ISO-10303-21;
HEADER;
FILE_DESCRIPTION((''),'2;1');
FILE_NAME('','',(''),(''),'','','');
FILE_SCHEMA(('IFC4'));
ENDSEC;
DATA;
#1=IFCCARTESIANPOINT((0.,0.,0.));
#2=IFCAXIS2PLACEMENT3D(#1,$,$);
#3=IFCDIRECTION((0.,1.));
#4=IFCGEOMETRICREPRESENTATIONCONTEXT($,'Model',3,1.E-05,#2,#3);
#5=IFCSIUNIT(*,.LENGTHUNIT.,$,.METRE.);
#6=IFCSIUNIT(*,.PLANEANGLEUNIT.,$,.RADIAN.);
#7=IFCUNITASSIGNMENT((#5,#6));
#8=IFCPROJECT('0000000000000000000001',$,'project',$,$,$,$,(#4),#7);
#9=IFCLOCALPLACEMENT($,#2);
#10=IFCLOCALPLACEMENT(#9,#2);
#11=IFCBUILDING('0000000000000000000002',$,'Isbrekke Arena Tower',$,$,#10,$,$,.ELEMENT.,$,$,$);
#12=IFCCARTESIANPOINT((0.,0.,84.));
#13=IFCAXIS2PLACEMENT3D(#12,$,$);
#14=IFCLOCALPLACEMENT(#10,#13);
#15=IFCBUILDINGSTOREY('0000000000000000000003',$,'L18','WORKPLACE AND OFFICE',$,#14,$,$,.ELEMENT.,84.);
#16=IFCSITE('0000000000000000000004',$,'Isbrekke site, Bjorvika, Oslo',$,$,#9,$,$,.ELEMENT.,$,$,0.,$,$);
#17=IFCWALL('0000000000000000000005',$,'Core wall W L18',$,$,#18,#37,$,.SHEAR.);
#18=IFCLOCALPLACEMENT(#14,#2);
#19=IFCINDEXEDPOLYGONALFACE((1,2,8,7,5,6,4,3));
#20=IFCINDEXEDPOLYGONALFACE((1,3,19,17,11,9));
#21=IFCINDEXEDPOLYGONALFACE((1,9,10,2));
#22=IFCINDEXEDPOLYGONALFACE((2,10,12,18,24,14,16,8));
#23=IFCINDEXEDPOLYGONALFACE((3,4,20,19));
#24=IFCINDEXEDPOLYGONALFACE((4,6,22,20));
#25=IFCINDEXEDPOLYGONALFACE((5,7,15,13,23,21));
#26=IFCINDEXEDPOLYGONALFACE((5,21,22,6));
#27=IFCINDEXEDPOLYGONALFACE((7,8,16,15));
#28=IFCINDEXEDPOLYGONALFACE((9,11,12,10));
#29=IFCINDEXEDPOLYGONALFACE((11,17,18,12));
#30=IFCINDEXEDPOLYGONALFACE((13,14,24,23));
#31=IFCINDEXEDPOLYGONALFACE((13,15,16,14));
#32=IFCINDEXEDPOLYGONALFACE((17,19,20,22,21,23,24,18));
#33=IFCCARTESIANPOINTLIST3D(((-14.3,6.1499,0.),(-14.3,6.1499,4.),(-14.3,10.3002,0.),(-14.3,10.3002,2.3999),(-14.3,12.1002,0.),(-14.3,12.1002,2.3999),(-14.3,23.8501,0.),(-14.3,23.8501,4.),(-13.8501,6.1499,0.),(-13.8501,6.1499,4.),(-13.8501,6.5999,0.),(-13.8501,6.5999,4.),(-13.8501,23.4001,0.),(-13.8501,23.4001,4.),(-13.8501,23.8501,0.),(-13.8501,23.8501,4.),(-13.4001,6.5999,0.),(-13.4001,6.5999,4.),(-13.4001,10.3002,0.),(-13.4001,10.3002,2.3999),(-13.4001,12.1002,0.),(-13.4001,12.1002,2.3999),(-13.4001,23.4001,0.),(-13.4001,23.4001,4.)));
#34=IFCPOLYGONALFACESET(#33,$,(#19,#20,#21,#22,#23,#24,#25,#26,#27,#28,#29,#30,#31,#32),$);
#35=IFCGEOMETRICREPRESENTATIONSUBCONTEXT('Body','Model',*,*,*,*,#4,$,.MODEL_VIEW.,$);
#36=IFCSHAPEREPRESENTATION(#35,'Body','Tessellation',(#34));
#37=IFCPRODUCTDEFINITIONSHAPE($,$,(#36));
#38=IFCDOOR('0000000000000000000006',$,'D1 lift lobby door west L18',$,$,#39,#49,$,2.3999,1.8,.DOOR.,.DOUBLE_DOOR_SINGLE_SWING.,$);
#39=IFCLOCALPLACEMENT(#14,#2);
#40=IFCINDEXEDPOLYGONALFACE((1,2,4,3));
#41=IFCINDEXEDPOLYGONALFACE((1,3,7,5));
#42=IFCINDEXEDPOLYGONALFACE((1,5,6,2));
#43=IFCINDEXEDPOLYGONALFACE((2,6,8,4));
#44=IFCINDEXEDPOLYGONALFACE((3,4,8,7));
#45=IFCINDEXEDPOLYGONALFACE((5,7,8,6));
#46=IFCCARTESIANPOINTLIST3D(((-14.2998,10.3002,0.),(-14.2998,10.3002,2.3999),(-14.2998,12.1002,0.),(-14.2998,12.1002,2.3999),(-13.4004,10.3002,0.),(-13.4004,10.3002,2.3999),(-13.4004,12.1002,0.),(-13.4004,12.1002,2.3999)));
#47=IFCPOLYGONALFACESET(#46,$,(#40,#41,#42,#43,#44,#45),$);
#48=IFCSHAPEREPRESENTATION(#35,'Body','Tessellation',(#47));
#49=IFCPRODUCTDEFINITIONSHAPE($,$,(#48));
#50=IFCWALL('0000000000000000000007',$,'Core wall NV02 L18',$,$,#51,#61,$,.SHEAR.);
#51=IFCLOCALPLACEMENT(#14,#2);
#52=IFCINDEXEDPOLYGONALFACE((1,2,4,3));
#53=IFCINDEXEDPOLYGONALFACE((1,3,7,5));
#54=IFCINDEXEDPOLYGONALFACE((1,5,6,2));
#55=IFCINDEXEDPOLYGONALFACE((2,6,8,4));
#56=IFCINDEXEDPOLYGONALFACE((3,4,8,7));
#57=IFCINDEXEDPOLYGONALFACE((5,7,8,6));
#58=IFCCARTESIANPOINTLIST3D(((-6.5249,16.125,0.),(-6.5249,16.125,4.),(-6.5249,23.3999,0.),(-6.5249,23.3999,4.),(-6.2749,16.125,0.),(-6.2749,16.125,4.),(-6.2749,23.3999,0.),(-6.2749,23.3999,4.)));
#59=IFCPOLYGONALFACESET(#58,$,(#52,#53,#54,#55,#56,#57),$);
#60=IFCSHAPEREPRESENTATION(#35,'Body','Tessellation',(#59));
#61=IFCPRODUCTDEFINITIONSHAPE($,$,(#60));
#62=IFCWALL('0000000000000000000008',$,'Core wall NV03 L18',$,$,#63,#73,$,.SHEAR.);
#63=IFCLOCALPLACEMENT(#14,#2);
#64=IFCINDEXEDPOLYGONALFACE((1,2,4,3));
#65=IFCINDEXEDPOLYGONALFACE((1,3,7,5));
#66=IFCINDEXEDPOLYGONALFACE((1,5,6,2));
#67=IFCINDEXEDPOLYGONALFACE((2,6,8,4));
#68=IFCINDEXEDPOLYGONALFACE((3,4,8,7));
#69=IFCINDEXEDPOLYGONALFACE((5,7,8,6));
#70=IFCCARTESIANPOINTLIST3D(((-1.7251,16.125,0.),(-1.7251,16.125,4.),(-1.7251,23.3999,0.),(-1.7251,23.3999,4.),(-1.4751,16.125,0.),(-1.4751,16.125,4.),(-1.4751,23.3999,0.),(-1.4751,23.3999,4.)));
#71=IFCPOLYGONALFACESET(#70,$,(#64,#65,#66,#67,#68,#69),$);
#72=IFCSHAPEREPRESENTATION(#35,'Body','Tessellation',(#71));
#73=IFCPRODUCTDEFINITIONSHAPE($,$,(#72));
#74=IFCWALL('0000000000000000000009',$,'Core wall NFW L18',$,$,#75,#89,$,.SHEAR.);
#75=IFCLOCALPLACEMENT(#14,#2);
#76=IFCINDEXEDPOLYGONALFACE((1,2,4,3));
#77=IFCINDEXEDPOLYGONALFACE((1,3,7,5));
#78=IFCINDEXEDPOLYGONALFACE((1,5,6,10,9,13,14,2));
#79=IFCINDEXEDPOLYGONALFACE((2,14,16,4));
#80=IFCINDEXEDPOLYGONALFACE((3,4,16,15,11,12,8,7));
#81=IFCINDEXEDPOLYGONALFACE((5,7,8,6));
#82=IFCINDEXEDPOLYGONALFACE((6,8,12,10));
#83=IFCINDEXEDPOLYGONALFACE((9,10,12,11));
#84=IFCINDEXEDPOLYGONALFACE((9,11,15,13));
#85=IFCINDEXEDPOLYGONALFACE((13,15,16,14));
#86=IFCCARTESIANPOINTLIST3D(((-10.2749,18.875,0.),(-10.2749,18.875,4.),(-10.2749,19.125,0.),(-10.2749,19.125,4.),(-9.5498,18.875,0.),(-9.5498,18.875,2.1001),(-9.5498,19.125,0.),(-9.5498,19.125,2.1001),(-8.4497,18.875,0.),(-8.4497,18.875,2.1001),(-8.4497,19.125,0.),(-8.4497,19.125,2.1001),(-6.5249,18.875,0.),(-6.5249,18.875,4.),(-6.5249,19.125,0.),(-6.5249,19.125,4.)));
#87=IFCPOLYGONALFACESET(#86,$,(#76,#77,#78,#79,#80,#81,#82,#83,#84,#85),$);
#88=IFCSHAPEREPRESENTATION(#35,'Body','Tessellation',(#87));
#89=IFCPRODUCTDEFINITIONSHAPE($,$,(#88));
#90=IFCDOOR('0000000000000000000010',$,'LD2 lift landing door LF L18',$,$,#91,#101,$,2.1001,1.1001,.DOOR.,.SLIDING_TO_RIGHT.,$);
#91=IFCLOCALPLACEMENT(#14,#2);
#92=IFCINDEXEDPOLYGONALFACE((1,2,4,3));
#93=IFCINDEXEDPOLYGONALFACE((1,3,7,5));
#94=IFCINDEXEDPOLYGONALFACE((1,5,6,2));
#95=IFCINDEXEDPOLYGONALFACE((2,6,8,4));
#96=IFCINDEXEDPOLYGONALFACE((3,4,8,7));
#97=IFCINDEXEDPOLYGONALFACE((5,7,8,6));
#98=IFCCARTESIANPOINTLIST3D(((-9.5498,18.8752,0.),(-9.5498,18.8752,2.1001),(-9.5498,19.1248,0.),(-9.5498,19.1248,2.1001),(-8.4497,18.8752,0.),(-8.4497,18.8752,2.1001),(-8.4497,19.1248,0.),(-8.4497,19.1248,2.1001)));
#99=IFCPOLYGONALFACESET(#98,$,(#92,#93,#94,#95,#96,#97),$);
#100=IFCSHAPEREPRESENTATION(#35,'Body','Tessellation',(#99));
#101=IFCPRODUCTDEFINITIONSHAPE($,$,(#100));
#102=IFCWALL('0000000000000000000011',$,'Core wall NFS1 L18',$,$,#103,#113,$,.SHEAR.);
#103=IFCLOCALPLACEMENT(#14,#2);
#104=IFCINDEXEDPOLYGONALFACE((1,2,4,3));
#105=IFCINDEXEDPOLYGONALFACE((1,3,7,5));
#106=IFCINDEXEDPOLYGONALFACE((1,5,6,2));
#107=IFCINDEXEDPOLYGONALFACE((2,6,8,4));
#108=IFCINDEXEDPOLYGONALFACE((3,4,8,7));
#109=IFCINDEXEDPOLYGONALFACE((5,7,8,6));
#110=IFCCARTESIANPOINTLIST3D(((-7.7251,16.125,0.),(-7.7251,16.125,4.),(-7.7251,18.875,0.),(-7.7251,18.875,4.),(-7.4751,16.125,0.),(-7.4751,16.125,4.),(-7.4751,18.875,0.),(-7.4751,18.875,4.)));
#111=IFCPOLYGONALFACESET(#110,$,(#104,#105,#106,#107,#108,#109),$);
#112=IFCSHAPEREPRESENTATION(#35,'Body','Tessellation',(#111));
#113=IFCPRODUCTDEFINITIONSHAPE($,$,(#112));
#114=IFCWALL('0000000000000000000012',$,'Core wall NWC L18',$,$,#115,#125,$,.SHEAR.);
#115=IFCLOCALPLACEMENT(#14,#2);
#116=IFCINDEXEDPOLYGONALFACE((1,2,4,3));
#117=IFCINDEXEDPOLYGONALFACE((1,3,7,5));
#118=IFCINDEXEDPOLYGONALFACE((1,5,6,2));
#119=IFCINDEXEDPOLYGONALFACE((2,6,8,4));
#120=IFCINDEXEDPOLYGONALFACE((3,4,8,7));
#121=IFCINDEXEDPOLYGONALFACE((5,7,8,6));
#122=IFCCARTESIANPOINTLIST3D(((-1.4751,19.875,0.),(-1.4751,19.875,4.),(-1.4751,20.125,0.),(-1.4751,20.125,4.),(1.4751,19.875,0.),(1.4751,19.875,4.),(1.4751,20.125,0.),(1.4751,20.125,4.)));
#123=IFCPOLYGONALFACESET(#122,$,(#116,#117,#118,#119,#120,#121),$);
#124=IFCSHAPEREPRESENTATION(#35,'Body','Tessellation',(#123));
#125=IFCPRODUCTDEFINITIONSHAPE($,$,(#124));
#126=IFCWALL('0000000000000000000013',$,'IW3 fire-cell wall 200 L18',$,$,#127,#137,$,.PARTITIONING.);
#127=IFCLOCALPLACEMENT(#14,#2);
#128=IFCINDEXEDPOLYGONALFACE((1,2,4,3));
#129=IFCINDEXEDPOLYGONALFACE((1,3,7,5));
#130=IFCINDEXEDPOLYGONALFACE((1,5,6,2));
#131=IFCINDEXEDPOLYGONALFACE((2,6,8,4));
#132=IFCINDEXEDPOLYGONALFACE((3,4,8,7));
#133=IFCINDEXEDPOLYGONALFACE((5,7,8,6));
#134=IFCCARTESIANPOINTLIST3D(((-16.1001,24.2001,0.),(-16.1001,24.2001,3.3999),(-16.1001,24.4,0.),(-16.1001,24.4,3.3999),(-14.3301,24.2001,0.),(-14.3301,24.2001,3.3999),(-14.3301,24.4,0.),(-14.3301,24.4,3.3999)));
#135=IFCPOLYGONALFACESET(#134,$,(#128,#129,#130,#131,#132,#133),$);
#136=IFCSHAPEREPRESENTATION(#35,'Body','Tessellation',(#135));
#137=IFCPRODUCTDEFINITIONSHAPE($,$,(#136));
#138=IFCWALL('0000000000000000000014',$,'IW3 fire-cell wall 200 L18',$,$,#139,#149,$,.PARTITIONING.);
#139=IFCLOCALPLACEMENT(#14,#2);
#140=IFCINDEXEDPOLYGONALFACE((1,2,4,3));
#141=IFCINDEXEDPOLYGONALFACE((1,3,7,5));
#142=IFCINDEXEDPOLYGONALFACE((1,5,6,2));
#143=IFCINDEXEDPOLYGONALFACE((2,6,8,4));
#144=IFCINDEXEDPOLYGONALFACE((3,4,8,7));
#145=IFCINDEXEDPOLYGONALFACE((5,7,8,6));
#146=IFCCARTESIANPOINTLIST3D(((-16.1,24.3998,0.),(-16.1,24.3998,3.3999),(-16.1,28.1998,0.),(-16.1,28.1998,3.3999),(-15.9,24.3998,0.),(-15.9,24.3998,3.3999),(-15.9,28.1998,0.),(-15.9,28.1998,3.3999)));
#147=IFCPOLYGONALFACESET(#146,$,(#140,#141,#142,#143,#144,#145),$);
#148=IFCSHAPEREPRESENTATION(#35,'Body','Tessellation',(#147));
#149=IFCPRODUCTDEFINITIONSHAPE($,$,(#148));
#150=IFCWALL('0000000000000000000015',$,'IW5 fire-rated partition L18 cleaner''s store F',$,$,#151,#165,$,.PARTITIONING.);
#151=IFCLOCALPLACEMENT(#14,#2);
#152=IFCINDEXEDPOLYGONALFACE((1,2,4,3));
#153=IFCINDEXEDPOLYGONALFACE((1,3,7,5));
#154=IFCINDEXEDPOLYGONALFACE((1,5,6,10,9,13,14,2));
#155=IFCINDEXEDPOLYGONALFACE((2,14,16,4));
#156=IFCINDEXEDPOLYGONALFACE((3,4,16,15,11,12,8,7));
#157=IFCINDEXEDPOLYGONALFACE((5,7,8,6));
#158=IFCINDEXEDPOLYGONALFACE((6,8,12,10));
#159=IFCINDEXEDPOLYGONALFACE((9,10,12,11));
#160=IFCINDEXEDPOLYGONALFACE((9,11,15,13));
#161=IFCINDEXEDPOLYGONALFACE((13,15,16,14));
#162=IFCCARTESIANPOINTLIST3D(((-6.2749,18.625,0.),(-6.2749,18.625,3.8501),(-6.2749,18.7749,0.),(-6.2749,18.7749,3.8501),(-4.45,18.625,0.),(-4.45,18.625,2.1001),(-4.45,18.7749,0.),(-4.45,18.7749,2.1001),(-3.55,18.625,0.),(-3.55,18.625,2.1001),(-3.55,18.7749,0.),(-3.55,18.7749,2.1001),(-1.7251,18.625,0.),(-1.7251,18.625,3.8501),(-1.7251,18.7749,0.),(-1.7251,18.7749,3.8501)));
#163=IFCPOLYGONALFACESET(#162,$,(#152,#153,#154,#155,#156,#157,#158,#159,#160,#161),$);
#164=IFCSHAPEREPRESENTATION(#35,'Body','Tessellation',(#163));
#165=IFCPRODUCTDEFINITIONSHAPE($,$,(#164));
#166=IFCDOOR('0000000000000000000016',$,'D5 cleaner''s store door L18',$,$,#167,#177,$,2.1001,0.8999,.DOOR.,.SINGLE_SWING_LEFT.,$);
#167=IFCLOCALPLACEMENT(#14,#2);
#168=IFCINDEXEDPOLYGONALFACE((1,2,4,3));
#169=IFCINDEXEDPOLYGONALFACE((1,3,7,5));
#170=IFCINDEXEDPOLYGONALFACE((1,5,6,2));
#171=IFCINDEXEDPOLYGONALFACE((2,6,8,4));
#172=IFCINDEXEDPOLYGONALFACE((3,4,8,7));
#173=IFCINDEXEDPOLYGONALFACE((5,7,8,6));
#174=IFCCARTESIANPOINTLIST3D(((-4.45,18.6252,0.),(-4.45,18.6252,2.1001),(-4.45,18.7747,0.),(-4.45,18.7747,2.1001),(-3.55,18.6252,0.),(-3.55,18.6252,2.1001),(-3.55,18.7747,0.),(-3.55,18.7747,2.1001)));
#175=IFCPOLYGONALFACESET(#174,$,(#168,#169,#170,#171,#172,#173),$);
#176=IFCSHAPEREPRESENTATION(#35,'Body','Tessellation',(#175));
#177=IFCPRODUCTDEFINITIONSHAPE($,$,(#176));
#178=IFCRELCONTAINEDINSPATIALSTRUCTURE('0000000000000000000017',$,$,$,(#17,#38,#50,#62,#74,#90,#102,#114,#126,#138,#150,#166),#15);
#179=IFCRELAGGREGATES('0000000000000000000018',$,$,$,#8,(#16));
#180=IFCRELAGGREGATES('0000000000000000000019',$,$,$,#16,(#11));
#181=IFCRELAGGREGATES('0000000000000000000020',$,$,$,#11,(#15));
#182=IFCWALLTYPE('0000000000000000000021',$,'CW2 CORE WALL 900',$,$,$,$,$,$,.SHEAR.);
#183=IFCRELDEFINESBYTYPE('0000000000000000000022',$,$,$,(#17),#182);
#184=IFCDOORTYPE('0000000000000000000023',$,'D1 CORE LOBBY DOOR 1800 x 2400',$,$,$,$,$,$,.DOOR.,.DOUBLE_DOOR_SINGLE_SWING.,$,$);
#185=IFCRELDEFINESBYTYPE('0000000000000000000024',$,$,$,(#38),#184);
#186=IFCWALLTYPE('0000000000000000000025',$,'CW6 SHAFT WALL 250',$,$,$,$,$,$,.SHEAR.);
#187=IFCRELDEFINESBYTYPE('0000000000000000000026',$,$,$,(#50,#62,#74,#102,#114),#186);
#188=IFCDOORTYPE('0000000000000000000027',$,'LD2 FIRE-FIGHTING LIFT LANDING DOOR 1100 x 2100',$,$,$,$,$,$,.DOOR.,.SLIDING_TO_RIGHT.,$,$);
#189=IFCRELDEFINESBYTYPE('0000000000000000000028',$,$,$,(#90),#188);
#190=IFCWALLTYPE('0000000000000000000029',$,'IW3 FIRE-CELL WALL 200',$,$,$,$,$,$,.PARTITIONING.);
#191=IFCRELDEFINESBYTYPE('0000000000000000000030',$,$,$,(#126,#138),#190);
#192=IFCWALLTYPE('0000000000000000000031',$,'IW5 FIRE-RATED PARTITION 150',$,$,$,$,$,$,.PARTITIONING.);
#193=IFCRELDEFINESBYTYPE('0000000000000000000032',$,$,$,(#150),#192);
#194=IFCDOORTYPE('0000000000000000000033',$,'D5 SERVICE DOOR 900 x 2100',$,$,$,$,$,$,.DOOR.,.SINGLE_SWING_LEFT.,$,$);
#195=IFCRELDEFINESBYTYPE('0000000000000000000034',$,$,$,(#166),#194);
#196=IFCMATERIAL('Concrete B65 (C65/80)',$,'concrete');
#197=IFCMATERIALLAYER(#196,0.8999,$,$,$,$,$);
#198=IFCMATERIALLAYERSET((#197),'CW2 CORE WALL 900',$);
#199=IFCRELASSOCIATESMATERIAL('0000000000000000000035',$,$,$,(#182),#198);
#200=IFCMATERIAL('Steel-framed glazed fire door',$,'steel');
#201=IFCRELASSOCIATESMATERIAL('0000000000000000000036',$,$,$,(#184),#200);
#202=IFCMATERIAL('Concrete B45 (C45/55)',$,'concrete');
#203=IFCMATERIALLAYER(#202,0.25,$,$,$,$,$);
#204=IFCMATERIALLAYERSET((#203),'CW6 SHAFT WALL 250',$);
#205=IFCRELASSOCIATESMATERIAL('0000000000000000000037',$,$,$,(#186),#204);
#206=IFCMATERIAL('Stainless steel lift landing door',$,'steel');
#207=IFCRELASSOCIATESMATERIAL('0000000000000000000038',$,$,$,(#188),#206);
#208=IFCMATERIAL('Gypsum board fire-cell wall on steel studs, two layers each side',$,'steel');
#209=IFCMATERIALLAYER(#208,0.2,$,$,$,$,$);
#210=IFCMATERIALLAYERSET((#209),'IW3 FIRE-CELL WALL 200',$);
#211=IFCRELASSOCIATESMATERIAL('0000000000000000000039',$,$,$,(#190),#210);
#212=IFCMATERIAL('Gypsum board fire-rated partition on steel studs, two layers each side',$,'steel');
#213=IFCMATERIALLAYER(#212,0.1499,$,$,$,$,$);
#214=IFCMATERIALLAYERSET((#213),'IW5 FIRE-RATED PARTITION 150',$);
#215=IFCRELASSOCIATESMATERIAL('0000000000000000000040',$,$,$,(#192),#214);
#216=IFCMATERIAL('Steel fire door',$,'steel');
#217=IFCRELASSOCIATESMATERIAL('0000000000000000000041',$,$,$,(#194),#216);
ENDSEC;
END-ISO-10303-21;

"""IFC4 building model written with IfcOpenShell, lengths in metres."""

from ifc_helpers import new_model, si_unit, direction, frame, frame_2d, origin, place, context, subcontext, project, spatial, polyline, rectangle, outline, extrude, material, layer, layer_set, type_object, element, fill, save


model = new_model("IFC4")

# Units and contexts
model_context = context("Model", 3, precision=1e-05, world=origin(), true_north=direction((0.0, 1.0)))
body_context = subcontext(model_context, "Body", "Model", "MODEL_VIEW")
ifc_project = project(units=[si_unit("LENGTHUNIT", "METRE"), si_unit("PLANEANGLEUNIT", "RADIAN")], contexts=[model_context])

# Site, building, storey
site_placement = place(None, origin())
site = spatial("IfcSite", under=ifc_project, at=site_placement, Name="Isbrekke site, Bjorvika, Oslo", CompositionType="ELEMENT", RefElevation=0.0)
building_placement = place(site_placement, origin())
building = spatial("IfcBuilding", under=site, at=building_placement, Name="Isbrekke Arena Tower", CompositionType="ELEMENT")
storey_placement = place(building_placement, frame((0.0, 0.0, 84.0)))
storey = spatial("IfcBuildingStorey", under=building, at=storey_placement, Name="L18", Description="WORKPLACE AND OFFICE", CompositionType="ELEMENT", Elevation=84.0)

# Wall, opening, door
ifc_material_1 = material(Name="Concrete B65 (C65/80)", Category="concrete")
ifc_layer_1 = layer(ifc_material_1, 0.8999)
ifc_layer_set_1 = layer_set([ifc_layer_1], Name="CW2 CORE WALL 900")
wall_type_1 = type_object("IfcWallType", Name="CW2 CORE WALL 900", PredefinedType="SHEAR", material=ifc_layer_set_1)
wall_1_placement = place(storey_placement, frame((-13.8501, 23.8501, 0.0), z_axis=(0.0, 0.0, 1.0), x_axis=(0.0, -1.0, 0.0)))
wall_1 = element("IfcWall", 1, at=wall_1_placement, inside=storey, type_object=wall_type_1, Name="Core wall W L18", PredefinedType="SHEAR", context=body_context, shape_type="SweptSolid", body=[
    extrude(outline(polyline([(0.0, -0.45), (17.7002, -0.45), (17.7002, 0.0), (17.2502, 0.0), (17.2502, 0.45), (0.45, 0.45), (0.45, 0.0), (0.0, 0.0), (0.0, -0.45)])), origin(), (0.0, 0.0, 1.0), 4.0),
])
opening_1_placement = place(wall_1_placement, frame((11.75, 0.0, 0.0)))
opening_1 = element("IfcOpeningElement", 2, at=opening_1_placement, cuts=wall_1, PredefinedType="OPENING", context=body_context, shape_type="SweptSolid", body=[
    extrude(rectangle(XDim=1.8, YDim=2.3999, at=frame_2d((0.8999, 1.2))), frame((0.0, 0.4648, 0.0), z_axis=(0.0, -1.0, 0.0), x_axis=(1.0, 0.0, 0.0)), (0.0, 0.0, 1.0), 0.9297),
])
ifc_material_2 = material(Name="Steel-framed glazed fire door", Category="steel")
door_type_1 = type_object("IfcDoorType", Name="D1 CORE LOBBY DOOR 1800 x 2400", OperationType="DOUBLE_DOOR_SINGLE_SWING", PredefinedType="DOOR", material=ifc_material_2)
door_1_placement = place(opening_1_placement, origin())
door_1 = element("IfcDoor", 3, at=door_1_placement, inside=storey, type_object=door_type_1, Name="D1 lift lobby door west L18", OperationType="DOUBLE_DOOR_SINGLE_SWING", OverallHeight=2.3999, OverallWidth=1.8, PredefinedType="DOOR", context=body_context, shape_type="SweptSolid", body=[
    extrude(rectangle(XDim=1.8, YDim=2.3999, at=frame_2d((0.8999, 1.2))), frame((0.0, 0.4497, 0.0), z_axis=(0.0, -1.0, 0.0), x_axis=(1.0, 0.0, 0.0)), (0.0, 0.0, 1.0), 0.8994),
])
fill(opening_1, door_1)

# Walls
ifc_material_3 = material(Name="Concrete B45 (C45/55)", Category="concrete")
ifc_layer_2 = layer(ifc_material_3, 0.25)
ifc_layer_set_2 = layer_set([ifc_layer_2], Name="CW6 SHAFT WALL 250")
wall_type_2 = type_object("IfcWallType", Name="CW6 SHAFT WALL 250", PredefinedType="SHEAR", material=ifc_layer_set_2)
for number, where, z_axis, x_axis, name in (
    (4, (-6.3999, 16.125, 0.0), (0.0, 0.0, 1.0), (0.0, 1.0, 0.0), "Core wall NV02 L18"),
    (5, (-1.6001, 16.125, 0.0), (0.0, 0.0, 1.0), (0.0, 1.0, 0.0), "Core wall NV03 L18"),
):
    element("IfcWall", number, at=place(storey_placement, frame(where, z_axis=z_axis, x_axis=x_axis)), inside=storey, type_object=wall_type_2, Name=name, PredefinedType="SHEAR", context=body_context, shape_type="SweptSolid", body=[
        extrude(rectangle(XDim=7.2749, YDim=0.25, at=frame_2d((3.6375, 0.0))), origin(), (0.0, 0.0, 1.0), 4.0),
    ])

# Wall, opening, door
wall_2_placement = place(storey_placement, frame((-10.2749, 19.0, 0.0), z_axis=(0.0, 0.0, 1.0), x_axis=(1.0, 0.0, 0.0)))
wall_2 = element("IfcWall", 6, at=wall_2_placement, inside=storey, type_object=wall_type_2, Name="Core wall NFW L18", PredefinedType="SHEAR", context=body_context, shape_type="SweptSolid", body=[
    extrude(rectangle(XDim=3.75, YDim=0.25, at=frame_2d((1.875, 0.0))), origin(), (0.0, 0.0, 1.0), 4.0),
])
opening_2_placement = place(wall_2_placement, frame((0.7251, 0.0, 0.0)))
opening_2 = element("IfcOpeningElement", 7, at=opening_2_placement, cuts=wall_2, PredefinedType="OPENING", context=body_context, shape_type="SweptSolid", body=[
    extrude(rectangle(XDim=1.1001, YDim=2.1001, at=frame_2d((0.55, 1.05))), frame((0.0, 0.1399, 0.0), z_axis=(0.0, -1.0, 0.0), x_axis=(1.0, 0.0, 0.0)), (0.0, 0.0, 1.0), 0.2798),
])
ifc_material_4 = material(Name="Stainless steel lift landing door", Category="steel")
door_type_2 = type_object("IfcDoorType", Name="LD2 FIRE-FIGHTING LIFT LANDING DOOR 1100 x 2100", OperationType="SLIDING_TO_RIGHT", PredefinedType="DOOR", material=ifc_material_4)
door_2_placement = place(opening_2_placement, origin())
door_2 = element("IfcDoor", 8, at=door_2_placement, inside=storey, type_object=door_type_2, Name="LD2 lift landing door LF L18", OperationType="SLIDING_TO_RIGHT", OverallHeight=2.1001, OverallWidth=1.1001, PredefinedType="DOOR", context=body_context, shape_type="SweptSolid", body=[
    extrude(rectangle(XDim=1.1001, YDim=2.1001, at=frame_2d((0.55, 1.05))), frame((0.0, 0.1248, 0.0), z_axis=(0.0, -1.0, 0.0), x_axis=(1.0, 0.0, 0.0)), (0.0, 0.0, 1.0), 0.2495),
])
fill(opening_2, door_2)

# Walls
wall_3_placement = place(storey_placement, frame((-7.6001, 16.125, 0.0), z_axis=(0.0, 0.0, 1.0), x_axis=(0.0, 1.0, 0.0)))
element("IfcWall", 9, at=wall_3_placement, inside=storey, type_object=wall_type_2, Name="Core wall NFS1 L18", PredefinedType="SHEAR", context=body_context, shape_type="SweptSolid", body=[
    extrude(rectangle(XDim=2.75, YDim=0.25, at=frame_2d((1.375, 0.0))), origin(), (0.0, 0.0, 1.0), 4.0),
])
wall_4_placement = place(storey_placement, frame((-1.4751, 20.0, 0.0), z_axis=(0.0, 0.0, 1.0), x_axis=(1.0, 0.0, 0.0)))
element("IfcWall", 10, at=wall_4_placement, inside=storey, type_object=wall_type_2, Name="Core wall NWC L18", PredefinedType="SHEAR", context=body_context, shape_type="SweptSolid", body=[
    extrude(rectangle(XDim=2.9502, YDim=0.25, at=frame_2d((1.4751, 0.0))), origin(), (0.0, 0.0, 1.0), 4.0),
])
ifc_material_5 = material(Name="Gypsum board fire-cell wall on steel studs, two layers each side", Category="steel")
ifc_layer_3 = layer(ifc_material_5, 0.2)
ifc_layer_set_3 = layer_set([ifc_layer_3], Name="IW3 FIRE-CELL WALL 200")
wall_type_3 = type_object("IfcWallType", Name="IW3 FIRE-CELL WALL 200", PredefinedType="PARTITIONING", material=ifc_layer_set_3)
wall_5_placement = place(storey_placement, frame((-16.1001, 24.3, 0.0), z_axis=(0.0, 0.0, 1.0), x_axis=(1.0, 0.0, 0.0)))
element("IfcWall", 11, at=wall_5_placement, inside=storey, type_object=wall_type_3, Name="IW3 fire-cell wall 200 L18", PredefinedType="PARTITIONING", context=body_context, shape_type="SweptSolid", body=[
    extrude(rectangle(XDim=1.77, YDim=0.2, at=frame_2d((0.885, 0.0))), origin(), (0.0, 0.0, 1.0), 3.3999),
])

# Wall
wall_6_placement = place(storey_placement, frame((-16.0, 24.3999, 0.0), z_axis=(0.0, 0.0, 1.0), x_axis=(0.0, 1.0, 0.0)))
element("IfcWall", 12, at=wall_6_placement, inside=storey, type_object=wall_type_3, Name="IW3 fire-cell wall 200 L18", PredefinedType="PARTITIONING", context=body_context, shape_type="SweptSolid", body=[
    extrude(rectangle(XDim=3.8, YDim=0.2, at=frame_2d((1.8999, 0.0))), origin(), (0.0, 0.0, 1.0), 3.3999),
])

# Wall, opening, door
ifc_material_6 = material(Name="Gypsum board fire-rated partition on steel studs, two layers each side", Category="steel")
ifc_layer_4 = layer(ifc_material_6, 0.1499)
ifc_layer_set_4 = layer_set([ifc_layer_4], Name="IW5 FIRE-RATED PARTITION 150")
wall_type_4 = type_object("IfcWallType", Name="IW5 FIRE-RATED PARTITION 150", PredefinedType="PARTITIONING", material=ifc_layer_set_4)
wall_7_placement = place(storey_placement, frame((-6.2749, 18.7, 0.0), z_axis=(0.0, 0.0, 1.0), x_axis=(1.0, 0.0, 0.0)))
wall_7 = element("IfcWall", 13, at=wall_7_placement, inside=storey, type_object=wall_type_4, Name="IW5 fire-rated partition L18 cleaner's store F", PredefinedType="PARTITIONING", context=body_context, shape_type="SweptSolid", body=[
    extrude(rectangle(XDim=4.5498, YDim=0.1499, at=frame_2d((2.2749, 0.0))), origin(), (0.0, 0.0, 1.0), 3.8501),
])
opening_3_placement = place(wall_7_placement, frame((1.825, 0.0, 0.0)))
opening_3 = element("IfcOpeningElement", 14, at=opening_3_placement, cuts=wall_7, PredefinedType="OPENING", context=body_context, shape_type="SweptSolid", body=[
    extrude(rectangle(XDim=0.8999, YDim=2.1001, at=frame_2d((0.45, 1.05))), frame((0.0, 0.0898, 0.0), z_axis=(0.0, -1.0, 0.0), x_axis=(1.0, 0.0, 0.0)), (0.0, 0.0, 1.0), 0.1797),
])
ifc_material_7 = material(Name="Steel fire door", Category="steel")
door_type_3 = type_object("IfcDoorType", Name="D5 SERVICE DOOR 900 x 2100", OperationType="SINGLE_SWING_LEFT", PredefinedType="DOOR", material=ifc_material_7)
door_3_placement = place(opening_3_placement, origin())
door_3 = element("IfcDoor", 15, at=door_3_placement, inside=storey, type_object=door_type_3, Name="D5 cleaner's store door L18", OperationType="SINGLE_SWING_LEFT", OverallHeight=2.1001, OverallWidth=0.8999, PredefinedType="DOOR", context=body_context, shape_type="SweptSolid", body=[
    extrude(rectangle(XDim=0.8999, YDim=2.1001, at=frame_2d((0.45, 1.05))), frame((0.0, 0.0747, 0.0), z_axis=(0.0, -1.0, 0.0), x_axis=(1.0, 0.0, 0.0)), (0.0, 0.0, 1.0), 0.1494),
])
fill(opening_3, door_3)

save(model, "model.ifc")
